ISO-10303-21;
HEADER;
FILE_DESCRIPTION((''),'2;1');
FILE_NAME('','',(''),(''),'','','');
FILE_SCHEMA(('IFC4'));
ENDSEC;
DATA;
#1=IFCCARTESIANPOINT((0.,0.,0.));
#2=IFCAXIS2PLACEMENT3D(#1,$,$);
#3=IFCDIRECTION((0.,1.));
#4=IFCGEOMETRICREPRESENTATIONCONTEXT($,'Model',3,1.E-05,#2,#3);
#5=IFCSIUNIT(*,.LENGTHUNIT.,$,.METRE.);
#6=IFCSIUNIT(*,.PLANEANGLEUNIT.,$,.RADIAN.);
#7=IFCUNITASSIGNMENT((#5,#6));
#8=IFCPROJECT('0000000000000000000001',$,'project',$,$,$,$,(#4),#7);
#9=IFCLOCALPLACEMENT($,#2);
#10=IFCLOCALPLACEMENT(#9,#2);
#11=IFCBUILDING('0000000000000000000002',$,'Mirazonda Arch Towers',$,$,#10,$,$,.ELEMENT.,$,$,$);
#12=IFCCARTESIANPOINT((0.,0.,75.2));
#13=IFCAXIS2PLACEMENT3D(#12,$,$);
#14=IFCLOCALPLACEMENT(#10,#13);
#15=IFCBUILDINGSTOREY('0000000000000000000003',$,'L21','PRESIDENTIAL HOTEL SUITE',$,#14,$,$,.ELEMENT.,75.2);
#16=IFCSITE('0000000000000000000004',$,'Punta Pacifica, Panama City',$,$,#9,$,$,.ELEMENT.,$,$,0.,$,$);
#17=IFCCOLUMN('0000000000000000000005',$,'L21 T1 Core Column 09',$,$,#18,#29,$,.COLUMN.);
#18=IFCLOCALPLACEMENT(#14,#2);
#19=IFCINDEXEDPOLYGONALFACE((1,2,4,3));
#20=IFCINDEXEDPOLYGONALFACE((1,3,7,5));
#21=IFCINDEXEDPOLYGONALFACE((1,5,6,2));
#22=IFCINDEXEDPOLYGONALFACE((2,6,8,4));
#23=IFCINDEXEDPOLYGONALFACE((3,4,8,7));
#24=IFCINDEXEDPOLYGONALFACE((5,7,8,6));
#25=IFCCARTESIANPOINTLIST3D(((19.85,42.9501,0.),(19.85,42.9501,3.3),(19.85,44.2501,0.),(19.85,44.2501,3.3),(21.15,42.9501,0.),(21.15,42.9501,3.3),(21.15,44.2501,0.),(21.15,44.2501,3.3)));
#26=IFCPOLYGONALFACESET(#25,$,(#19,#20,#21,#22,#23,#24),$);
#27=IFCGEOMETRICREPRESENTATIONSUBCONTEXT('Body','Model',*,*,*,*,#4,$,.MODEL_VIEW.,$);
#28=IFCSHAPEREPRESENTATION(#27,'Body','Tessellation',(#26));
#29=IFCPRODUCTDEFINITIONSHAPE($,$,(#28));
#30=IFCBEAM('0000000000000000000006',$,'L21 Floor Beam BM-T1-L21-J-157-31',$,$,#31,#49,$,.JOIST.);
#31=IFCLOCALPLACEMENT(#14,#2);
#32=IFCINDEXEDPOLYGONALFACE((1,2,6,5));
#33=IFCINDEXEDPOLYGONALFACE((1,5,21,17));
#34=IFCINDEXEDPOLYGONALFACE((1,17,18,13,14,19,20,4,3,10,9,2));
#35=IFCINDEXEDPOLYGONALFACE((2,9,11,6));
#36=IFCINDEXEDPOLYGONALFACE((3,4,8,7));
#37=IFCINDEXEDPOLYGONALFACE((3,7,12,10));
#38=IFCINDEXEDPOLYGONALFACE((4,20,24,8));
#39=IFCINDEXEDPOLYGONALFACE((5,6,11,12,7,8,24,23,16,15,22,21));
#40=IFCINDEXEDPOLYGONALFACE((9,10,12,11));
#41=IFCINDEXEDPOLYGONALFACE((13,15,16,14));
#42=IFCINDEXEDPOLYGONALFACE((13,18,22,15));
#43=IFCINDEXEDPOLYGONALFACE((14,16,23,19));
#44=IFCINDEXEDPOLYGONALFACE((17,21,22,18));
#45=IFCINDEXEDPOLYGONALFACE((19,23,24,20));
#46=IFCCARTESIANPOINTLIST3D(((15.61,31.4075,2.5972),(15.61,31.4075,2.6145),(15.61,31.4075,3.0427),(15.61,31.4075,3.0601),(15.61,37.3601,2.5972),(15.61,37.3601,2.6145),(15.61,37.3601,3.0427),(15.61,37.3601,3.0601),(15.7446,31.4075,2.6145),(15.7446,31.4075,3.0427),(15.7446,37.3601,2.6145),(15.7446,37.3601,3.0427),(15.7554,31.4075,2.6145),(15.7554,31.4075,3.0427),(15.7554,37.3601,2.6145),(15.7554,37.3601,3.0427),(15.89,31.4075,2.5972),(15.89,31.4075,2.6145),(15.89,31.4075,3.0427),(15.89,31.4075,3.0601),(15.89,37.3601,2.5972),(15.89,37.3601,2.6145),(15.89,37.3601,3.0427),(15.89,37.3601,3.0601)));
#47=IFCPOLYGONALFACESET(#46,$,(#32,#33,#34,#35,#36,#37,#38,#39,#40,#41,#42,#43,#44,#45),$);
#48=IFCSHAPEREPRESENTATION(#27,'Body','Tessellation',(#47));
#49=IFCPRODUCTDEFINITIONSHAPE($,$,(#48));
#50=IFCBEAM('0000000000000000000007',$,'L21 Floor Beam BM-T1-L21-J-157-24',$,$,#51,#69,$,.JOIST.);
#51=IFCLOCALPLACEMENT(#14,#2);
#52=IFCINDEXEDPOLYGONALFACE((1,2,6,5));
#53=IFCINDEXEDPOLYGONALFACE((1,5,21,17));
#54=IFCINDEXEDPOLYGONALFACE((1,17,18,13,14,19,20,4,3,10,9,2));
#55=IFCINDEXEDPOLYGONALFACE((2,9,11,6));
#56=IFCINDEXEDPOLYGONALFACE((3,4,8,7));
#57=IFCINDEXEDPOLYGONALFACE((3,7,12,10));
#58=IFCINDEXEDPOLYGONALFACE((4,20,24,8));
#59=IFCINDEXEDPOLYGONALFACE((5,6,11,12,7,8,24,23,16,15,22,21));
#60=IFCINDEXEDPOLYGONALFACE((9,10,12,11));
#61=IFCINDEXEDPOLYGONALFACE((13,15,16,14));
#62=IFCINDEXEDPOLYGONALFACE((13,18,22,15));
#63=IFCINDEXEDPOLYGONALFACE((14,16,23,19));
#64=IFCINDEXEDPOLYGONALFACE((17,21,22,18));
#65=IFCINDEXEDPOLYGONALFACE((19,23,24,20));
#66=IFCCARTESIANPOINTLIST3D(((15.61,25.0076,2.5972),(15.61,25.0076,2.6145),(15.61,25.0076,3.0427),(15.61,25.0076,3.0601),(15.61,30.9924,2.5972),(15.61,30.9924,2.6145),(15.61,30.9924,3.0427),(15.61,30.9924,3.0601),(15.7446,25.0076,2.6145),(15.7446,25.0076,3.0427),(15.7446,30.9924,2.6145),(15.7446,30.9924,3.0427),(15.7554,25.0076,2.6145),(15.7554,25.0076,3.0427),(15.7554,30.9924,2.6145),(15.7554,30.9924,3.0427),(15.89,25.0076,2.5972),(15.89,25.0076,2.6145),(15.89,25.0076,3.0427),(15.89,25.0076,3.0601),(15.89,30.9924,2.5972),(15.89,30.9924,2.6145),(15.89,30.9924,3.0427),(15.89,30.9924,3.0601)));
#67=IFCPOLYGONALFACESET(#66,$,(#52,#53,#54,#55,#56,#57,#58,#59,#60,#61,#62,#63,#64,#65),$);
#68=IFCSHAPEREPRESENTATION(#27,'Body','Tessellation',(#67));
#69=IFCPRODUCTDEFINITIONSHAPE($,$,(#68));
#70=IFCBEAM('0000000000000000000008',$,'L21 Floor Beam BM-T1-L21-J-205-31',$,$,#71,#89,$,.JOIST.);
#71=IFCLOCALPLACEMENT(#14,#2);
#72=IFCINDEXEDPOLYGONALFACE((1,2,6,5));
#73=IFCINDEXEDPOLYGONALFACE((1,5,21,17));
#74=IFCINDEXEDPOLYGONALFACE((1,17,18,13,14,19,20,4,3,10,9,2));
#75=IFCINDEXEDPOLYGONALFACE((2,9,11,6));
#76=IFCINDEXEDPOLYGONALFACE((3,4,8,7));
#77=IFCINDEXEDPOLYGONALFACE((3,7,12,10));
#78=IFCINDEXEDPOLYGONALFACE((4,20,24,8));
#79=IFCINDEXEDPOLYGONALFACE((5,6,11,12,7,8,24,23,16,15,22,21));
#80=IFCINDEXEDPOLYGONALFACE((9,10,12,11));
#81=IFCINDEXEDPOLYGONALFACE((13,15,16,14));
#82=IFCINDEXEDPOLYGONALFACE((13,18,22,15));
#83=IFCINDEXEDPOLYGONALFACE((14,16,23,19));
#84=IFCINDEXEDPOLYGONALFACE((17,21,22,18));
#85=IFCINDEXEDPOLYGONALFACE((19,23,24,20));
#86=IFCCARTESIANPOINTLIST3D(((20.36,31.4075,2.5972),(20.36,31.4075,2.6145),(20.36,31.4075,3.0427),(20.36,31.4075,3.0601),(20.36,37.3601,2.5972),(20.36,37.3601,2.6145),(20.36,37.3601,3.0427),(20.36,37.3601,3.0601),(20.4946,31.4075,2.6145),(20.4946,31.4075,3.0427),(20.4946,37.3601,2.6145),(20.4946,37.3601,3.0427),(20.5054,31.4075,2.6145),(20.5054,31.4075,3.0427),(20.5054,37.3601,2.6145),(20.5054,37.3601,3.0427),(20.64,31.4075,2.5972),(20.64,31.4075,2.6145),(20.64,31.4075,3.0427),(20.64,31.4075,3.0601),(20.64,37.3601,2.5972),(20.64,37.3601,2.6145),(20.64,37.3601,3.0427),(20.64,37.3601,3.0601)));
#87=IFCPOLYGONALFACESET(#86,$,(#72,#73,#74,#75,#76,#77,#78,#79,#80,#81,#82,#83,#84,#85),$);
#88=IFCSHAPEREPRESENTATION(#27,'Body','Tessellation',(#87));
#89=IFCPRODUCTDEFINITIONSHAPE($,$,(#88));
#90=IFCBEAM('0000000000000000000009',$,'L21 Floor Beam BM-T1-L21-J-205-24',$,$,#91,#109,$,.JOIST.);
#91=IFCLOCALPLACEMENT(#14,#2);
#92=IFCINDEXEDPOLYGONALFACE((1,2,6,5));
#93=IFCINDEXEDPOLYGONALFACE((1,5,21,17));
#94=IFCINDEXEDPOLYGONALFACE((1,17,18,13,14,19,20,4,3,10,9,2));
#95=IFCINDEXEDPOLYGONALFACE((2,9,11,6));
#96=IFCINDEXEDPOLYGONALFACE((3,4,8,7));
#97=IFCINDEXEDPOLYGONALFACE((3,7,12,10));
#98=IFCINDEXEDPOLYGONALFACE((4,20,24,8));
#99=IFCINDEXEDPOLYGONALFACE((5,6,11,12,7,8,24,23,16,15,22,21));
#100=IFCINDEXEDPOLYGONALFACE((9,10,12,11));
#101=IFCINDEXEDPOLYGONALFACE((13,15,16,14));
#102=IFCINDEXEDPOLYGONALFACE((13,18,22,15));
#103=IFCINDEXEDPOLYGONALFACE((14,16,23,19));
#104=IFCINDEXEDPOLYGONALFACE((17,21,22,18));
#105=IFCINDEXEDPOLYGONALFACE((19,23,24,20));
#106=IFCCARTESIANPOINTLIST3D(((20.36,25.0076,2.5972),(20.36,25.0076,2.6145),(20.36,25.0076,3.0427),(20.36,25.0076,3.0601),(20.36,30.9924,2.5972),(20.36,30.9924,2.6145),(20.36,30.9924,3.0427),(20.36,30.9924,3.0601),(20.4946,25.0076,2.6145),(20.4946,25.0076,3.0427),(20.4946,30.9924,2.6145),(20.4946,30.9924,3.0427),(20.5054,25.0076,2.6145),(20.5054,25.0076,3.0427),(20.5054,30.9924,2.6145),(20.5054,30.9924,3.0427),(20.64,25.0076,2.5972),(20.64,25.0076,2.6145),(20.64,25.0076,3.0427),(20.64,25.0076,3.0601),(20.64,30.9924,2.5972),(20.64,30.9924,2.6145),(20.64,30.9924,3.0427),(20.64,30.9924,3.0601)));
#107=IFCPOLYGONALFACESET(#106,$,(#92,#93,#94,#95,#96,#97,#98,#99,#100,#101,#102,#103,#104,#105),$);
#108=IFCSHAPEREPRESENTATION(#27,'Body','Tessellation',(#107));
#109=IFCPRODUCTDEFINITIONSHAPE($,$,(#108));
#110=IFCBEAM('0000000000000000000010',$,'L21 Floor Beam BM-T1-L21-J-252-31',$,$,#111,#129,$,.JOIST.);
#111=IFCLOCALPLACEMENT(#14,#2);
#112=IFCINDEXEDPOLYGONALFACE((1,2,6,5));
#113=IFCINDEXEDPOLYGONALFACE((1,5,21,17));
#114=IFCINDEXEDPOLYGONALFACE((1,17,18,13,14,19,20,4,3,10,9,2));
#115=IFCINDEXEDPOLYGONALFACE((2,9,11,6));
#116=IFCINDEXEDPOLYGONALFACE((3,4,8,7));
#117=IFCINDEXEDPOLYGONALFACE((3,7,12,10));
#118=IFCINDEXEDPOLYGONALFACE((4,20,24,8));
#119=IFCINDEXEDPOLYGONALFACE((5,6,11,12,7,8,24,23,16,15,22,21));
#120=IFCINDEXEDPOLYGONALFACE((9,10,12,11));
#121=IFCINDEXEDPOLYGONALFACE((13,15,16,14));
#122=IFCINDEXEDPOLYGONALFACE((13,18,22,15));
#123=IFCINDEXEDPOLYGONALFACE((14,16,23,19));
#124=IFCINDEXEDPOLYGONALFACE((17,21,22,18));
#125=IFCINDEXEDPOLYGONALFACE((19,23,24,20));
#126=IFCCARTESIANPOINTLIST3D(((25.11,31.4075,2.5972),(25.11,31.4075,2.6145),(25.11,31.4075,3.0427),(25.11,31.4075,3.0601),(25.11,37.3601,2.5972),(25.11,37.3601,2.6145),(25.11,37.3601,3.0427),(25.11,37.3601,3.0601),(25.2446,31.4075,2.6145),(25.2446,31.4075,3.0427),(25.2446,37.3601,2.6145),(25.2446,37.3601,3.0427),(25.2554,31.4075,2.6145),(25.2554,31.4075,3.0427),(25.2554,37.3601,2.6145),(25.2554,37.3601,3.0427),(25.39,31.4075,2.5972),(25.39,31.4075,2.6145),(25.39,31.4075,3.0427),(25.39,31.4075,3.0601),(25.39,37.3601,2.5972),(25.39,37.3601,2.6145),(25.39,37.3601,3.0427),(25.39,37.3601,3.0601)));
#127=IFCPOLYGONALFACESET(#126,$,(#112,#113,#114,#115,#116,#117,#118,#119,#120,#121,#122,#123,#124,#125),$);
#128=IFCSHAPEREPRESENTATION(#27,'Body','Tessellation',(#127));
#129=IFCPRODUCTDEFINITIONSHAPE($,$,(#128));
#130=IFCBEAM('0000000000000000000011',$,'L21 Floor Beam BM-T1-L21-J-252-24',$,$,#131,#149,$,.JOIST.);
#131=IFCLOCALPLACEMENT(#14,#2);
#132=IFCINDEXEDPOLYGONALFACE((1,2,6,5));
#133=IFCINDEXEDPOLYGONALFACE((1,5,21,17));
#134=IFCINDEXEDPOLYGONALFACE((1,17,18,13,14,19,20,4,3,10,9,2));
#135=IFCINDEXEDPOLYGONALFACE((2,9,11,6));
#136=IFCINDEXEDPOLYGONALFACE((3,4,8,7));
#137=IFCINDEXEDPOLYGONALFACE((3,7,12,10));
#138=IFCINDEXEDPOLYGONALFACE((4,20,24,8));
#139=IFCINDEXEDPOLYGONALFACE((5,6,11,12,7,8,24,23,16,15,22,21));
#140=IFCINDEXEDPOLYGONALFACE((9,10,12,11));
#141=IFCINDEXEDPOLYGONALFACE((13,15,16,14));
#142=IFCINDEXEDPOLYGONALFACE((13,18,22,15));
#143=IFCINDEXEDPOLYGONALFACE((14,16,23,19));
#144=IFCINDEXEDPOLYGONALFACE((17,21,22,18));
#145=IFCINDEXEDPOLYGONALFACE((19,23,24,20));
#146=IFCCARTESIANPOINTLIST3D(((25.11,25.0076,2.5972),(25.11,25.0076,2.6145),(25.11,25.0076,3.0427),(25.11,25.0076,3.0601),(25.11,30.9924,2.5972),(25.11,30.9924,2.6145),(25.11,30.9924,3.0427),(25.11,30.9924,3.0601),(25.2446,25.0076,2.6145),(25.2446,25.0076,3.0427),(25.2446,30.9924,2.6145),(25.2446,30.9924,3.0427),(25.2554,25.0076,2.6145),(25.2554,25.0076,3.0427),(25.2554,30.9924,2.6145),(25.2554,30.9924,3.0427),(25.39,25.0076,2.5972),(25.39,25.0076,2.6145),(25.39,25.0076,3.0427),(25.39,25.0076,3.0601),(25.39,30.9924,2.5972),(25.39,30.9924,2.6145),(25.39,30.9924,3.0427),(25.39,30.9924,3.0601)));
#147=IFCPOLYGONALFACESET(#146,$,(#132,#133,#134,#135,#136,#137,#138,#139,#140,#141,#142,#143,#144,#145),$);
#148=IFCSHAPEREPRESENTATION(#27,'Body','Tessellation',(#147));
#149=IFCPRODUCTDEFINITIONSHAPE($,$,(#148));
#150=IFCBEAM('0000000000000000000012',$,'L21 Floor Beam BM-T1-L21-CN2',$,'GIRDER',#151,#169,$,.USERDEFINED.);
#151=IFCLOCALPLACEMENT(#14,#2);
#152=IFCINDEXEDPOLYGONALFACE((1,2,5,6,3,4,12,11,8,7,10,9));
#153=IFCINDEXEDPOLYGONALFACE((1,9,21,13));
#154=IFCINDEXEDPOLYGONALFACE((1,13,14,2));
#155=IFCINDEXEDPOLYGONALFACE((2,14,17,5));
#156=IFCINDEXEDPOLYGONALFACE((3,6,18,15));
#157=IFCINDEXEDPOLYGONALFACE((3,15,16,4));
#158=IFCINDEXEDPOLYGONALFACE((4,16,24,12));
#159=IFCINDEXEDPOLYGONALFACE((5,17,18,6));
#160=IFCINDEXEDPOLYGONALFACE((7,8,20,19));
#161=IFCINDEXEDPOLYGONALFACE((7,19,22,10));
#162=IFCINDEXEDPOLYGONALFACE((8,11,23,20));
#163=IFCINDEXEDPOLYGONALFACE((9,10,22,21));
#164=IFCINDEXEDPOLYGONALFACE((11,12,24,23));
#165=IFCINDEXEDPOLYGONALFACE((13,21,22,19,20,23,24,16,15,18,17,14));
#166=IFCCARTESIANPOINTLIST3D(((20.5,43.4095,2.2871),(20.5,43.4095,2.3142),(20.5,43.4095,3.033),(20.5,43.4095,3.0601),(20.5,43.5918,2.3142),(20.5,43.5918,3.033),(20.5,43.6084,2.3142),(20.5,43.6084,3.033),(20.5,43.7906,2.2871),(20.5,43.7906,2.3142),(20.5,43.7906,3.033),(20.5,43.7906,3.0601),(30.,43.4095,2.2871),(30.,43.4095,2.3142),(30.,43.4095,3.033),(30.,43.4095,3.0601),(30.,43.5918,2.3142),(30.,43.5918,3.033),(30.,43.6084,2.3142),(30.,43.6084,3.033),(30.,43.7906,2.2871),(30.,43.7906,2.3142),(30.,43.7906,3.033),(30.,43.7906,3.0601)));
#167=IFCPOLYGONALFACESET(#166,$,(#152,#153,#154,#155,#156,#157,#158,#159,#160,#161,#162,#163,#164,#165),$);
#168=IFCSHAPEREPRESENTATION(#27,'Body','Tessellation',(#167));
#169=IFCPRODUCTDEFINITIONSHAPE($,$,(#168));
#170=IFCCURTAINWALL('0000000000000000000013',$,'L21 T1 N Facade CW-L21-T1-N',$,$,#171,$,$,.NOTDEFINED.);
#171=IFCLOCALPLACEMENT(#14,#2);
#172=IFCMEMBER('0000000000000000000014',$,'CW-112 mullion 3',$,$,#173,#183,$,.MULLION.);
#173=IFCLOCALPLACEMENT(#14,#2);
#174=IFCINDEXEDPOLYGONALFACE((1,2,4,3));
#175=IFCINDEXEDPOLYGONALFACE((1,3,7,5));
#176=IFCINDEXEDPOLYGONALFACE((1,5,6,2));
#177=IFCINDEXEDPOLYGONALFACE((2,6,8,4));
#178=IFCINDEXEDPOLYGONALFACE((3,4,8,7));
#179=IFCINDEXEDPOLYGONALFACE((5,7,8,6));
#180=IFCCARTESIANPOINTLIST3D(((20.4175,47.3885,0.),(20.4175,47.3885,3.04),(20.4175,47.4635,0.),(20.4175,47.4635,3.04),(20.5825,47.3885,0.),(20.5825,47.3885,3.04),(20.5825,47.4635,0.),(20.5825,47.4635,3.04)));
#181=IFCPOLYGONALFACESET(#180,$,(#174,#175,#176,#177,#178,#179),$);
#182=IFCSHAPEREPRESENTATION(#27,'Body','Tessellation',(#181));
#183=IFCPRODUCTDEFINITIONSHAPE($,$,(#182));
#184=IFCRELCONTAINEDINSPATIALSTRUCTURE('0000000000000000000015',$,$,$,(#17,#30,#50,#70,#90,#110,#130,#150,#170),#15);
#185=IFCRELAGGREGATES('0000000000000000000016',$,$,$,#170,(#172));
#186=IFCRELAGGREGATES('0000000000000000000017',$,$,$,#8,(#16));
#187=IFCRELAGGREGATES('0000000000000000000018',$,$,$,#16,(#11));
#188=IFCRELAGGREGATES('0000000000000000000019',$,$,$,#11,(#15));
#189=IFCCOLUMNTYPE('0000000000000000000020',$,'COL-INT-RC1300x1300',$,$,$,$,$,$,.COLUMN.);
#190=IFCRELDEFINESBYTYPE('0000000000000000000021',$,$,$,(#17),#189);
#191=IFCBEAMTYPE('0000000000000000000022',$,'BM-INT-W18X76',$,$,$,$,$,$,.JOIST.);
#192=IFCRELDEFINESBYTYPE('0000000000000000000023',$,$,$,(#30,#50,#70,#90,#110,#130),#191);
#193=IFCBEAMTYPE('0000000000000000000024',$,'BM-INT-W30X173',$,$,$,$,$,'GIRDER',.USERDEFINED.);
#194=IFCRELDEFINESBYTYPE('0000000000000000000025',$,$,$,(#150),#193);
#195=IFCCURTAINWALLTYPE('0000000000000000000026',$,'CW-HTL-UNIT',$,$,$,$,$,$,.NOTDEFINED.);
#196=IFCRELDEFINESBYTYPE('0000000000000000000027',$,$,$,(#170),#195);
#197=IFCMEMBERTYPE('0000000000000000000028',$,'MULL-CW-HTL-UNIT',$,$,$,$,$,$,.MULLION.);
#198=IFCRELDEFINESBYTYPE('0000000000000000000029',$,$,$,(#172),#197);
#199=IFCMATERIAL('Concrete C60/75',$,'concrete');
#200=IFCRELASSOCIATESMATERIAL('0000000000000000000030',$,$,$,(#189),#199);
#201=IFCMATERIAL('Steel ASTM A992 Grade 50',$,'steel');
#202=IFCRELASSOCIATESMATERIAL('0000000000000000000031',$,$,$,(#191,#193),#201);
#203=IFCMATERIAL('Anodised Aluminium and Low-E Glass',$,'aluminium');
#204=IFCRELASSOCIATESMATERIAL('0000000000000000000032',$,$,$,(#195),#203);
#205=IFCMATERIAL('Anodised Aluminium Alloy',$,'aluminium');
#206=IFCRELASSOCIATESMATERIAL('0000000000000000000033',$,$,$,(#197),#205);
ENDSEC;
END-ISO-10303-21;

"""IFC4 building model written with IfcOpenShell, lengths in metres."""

from ifc_helpers import new_model, si_unit, direction, frame, origin, origin_2d, place, context, subcontext, project, spatial, rectangle, i_section, extrude, material, material_profile, profile_set, type_object, element, aggregate, save


model = new_model("IFC4")

# Units and contexts
model_context = context("Model", 3, precision=1e-05, world=origin(), true_north=direction((0.0, 1.0)))
body_context = subcontext(model_context, "Body", "Model", "MODEL_VIEW")
ifc_project = project(units=[si_unit("LENGTHUNIT", "METRE"), si_unit("PLANEANGLEUNIT", "RADIAN")], contexts=[model_context])

# Site, building, storey
site_placement = place(None, origin())
site = spatial("IfcSite", under=ifc_project, at=site_placement, Name="Punta Pacifica, Panama City", CompositionType="ELEMENT", RefElevation=0.0)
building_placement = place(site_placement, origin())
building = spatial("IfcBuilding", under=site, at=building_placement, Name="Mirazonda Arch Towers", CompositionType="ELEMENT")
storey_placement = place(building_placement, frame((0.0, 0.0, 75.2)))
storey = spatial("IfcBuildingStorey", under=building, at=storey_placement, Name="L21", Description="PRESIDENTIAL HOTEL SUITE", CompositionType="ELEMENT", Elevation=75.2)

# Column
ifc_material_1 = material(Name="Concrete C60/75", Category="concrete")
ifc_material_profile_1 = material_profile(ifc_material_1, rectangle(XDim=1.3, YDim=1.3, at=origin_2d()), Name="RC1300x1300")
ifc_profile_set_1 = profile_set([ifc_material_profile_1], Name="Concrete C60/75")
column_type = type_object("IfcColumnType", Name="COL-INT-RC1300x1300", PredefinedType="COLUMN", material=ifc_profile_set_1)
column_placement = place(storey_placement, frame((20.5, 43.6001, 0.0), z_axis=(0.0, 0.0, 1.0), x_axis=(1.0, 0.0, 0.0)))
element("IfcColumn", 1, at=column_placement, inside=storey, type_object=column_type, Name="L21 T1 Core Column 09", PredefinedType="COLUMN", context=body_context, shape_type="SweptSolid", body=[
    extrude(rectangle(XDim=1.3, YDim=1.3, at=origin_2d()), origin(), (0.0, 0.0, 1.0), 3.3),
])

# Beams
ifc_material_2 = material(Name="Steel ASTM A992 Grade 50", Category="steel")
ifc_material_profile_2 = material_profile(ifc_material_2, i_section(OverallWidth=0.28, OverallDepth=0.4629, WebThickness=0.0107, FlangeThickness=0.0173, at=origin_2d()), Name="W18X76")
ifc_profile_set_2 = profile_set([ifc_material_profile_2], Name="Steel ASTM A992 Grade 50")
beam_type_1 = type_object("IfcBeamType", Name="BM-INT-W18X76", PredefinedType="JOIST", material=ifc_profile_set_2)
beam_1_placement = place(storey_placement, frame((15.75, 31.4075, 2.8286), z_axis=(0.0, 1.0, 0.0), x_axis=(-1.0, 0.0, 0.0)))
element("IfcBeam", 2, at=beam_1_placement, inside=storey, type_object=beam_type_1, Name="L21 Floor Beam BM-T1-L21-J-157-31", PredefinedType="JOIST", context=body_context, shape_type="SweptSolid", body=[
    extrude(i_section(OverallWidth=0.28, OverallDepth=0.4629, WebThickness=0.0107, FlangeThickness=0.0173, at=origin_2d()), origin(), (0.0, 0.0, 1.0), 5.9526),
])
beam_2_placement = place(storey_placement, frame((15.75, 25.0076, 2.8286), z_axis=(0.0, 1.0, 0.0), x_axis=(-1.0, 0.0, 0.0)))
element("IfcBeam", 3, at=beam_2_placement, inside=storey, type_object=beam_type_1, Name="L21 Floor Beam BM-T1-L21-J-157-24", PredefinedType="JOIST", context=body_context, shape_type="SweptSolid", body=[
    extrude(i_section(OverallWidth=0.28, OverallDepth=0.4629, WebThickness=0.0107, FlangeThickness=0.0173, at=origin_2d()), origin(), (0.0, 0.0, 1.0), 5.9849),
])
beam_3_placement = place(storey_placement, frame((20.5, 31.4075, 2.8286), z_axis=(0.0, 1.0, 0.0), x_axis=(-1.0, 0.0, 0.0)))
element("IfcBeam", 4, at=beam_3_placement, inside=storey, type_object=beam_type_1, Name="L21 Floor Beam BM-T1-L21-J-205-31", PredefinedType="JOIST", context=body_context, shape_type="SweptSolid", body=[
    extrude(i_section(OverallWidth=0.28, OverallDepth=0.4629, WebThickness=0.0107, FlangeThickness=0.0173, at=origin_2d()), origin(), (0.0, 0.0, 1.0), 5.9526),
])
beam_4_placement = place(storey_placement, frame((20.5, 25.0076, 2.8286), z_axis=(0.0, 1.0, 0.0), x_axis=(-1.0, 0.0, 0.0)))
element("IfcBeam", 5, at=beam_4_placement, inside=storey, type_object=beam_type_1, Name="L21 Floor Beam BM-T1-L21-J-205-24", PredefinedType="JOIST", context=body_context, shape_type="SweptSolid", body=[
    extrude(i_section(OverallWidth=0.28, OverallDepth=0.4629, WebThickness=0.0107, FlangeThickness=0.0173, at=origin_2d()), origin(), (0.0, 0.0, 1.0), 5.9849),
])
beam_5_placement = place(storey_placement, frame((25.25, 31.4075, 2.8286), z_axis=(0.0, 1.0, 0.0), x_axis=(-1.0, 0.0, 0.0)))
element("IfcBeam", 6, at=beam_5_placement, inside=storey, type_object=beam_type_1, Name="L21 Floor Beam BM-T1-L21-J-252-31", PredefinedType="JOIST", context=body_context, shape_type="SweptSolid", body=[
    extrude(i_section(OverallWidth=0.28, OverallDepth=0.4629, WebThickness=0.0107, FlangeThickness=0.0173, at=origin_2d()), origin(), (0.0, 0.0, 1.0), 5.9526),
])
beam_6_placement = place(storey_placement, frame((25.25, 25.0076, 2.8286), z_axis=(0.0, 1.0, 0.0), x_axis=(-1.0, 0.0, 0.0)))
element("IfcBeam", 7, at=beam_6_placement, inside=storey, type_object=beam_type_1, Name="L21 Floor Beam BM-T1-L21-J-252-24", PredefinedType="JOIST", context=body_context, shape_type="SweptSolid", body=[
    extrude(i_section(OverallWidth=0.28, OverallDepth=0.4629, WebThickness=0.0107, FlangeThickness=0.0173, at=origin_2d()), origin(), (0.0, 0.0, 1.0), 5.9849),
])
ifc_material_profile_3 = material_profile(ifc_material_2, i_section(OverallWidth=0.3811, OverallDepth=0.7729, WebThickness=0.0166, FlangeThickness=0.0271, at=origin_2d()), Name="W30X173")
ifc_profile_set_3 = profile_set([ifc_material_profile_3], Name="Steel ASTM A992 Grade 50")
beam_type_2 = type_object("IfcBeamType", Name="BM-INT-W30X173", ElementType="GIRDER", PredefinedType="USERDEFINED", material=ifc_profile_set_3)
beam_7_placement = place(storey_placement, frame((20.5, 43.6001, 2.6736), z_axis=(1.0, 0.0, 0.0), x_axis=(0.0, 1.0, 0.0)))
element("IfcBeam", 8, at=beam_7_placement, inside=storey, type_object=beam_type_2, Name="L21 Floor Beam BM-T1-L21-CN2", ObjectType="GIRDER", PredefinedType="USERDEFINED", context=body_context, shape_type="SweptSolid", body=[
    extrude(i_section(OverallWidth=0.3811, OverallDepth=0.7729, WebThickness=0.0166, FlangeThickness=0.0271, at=origin_2d()), origin(), (0.0, 0.0, 1.0), 9.5),
])

# Curtain wall, member
ifc_material_3 = material(Name="Anodised Aluminium and Low-E Glass", Category="aluminium")
curtain_wall_type = type_object("IfcCurtainWallType", Name="CW-HTL-UNIT", PredefinedType="NOTDEFINED", material=ifc_material_3)
curtain_wall_placement = place(storey_placement, origin())
curtain_wall = element("IfcCurtainWall", 9, at=curtain_wall_placement, inside=storey, type_object=curtain_wall_type, Name="L21 T1 N Facade CW-L21-T1-N", PredefinedType="NOTDEFINED")
ifc_material_4 = material(Name="Anodised Aluminium Alloy", Category="aluminium")
ifc_material_profile_4 = material_profile(ifc_material_4, rectangle(XDim=0.075, YDim=0.165, at=origin_2d()), Name="ALU-MULL-75x165")
ifc_profile_set_4 = profile_set([ifc_material_profile_4], Name="Anodised Aluminium Alloy")
member_type_1 = type_object("IfcMemberType", Name="MULL-CW-HTL-UNIT", PredefinedType="MULLION", material=ifc_profile_set_4)
member_1_placement = place(storey_placement, frame((20.5, 47.426, 0.0), z_axis=(0.0, 0.0, 1.0), x_axis=(0.0, 1.0, 0.0)))
member_1 = element("IfcMember", 10, at=member_1_placement, type_object=member_type_1, Name="CW-112 mullion 3", PredefinedType="MULLION", context=body_context, shape_type="SweptSolid", body=[
    extrude(rectangle(XDim=0.075, YDim=0.165, at=origin_2d()), origin(), (0.0, 0.0, 1.0), 3.04),
])
aggregate(curtain_wall, [member_1])

save(model, "model.ifc")
